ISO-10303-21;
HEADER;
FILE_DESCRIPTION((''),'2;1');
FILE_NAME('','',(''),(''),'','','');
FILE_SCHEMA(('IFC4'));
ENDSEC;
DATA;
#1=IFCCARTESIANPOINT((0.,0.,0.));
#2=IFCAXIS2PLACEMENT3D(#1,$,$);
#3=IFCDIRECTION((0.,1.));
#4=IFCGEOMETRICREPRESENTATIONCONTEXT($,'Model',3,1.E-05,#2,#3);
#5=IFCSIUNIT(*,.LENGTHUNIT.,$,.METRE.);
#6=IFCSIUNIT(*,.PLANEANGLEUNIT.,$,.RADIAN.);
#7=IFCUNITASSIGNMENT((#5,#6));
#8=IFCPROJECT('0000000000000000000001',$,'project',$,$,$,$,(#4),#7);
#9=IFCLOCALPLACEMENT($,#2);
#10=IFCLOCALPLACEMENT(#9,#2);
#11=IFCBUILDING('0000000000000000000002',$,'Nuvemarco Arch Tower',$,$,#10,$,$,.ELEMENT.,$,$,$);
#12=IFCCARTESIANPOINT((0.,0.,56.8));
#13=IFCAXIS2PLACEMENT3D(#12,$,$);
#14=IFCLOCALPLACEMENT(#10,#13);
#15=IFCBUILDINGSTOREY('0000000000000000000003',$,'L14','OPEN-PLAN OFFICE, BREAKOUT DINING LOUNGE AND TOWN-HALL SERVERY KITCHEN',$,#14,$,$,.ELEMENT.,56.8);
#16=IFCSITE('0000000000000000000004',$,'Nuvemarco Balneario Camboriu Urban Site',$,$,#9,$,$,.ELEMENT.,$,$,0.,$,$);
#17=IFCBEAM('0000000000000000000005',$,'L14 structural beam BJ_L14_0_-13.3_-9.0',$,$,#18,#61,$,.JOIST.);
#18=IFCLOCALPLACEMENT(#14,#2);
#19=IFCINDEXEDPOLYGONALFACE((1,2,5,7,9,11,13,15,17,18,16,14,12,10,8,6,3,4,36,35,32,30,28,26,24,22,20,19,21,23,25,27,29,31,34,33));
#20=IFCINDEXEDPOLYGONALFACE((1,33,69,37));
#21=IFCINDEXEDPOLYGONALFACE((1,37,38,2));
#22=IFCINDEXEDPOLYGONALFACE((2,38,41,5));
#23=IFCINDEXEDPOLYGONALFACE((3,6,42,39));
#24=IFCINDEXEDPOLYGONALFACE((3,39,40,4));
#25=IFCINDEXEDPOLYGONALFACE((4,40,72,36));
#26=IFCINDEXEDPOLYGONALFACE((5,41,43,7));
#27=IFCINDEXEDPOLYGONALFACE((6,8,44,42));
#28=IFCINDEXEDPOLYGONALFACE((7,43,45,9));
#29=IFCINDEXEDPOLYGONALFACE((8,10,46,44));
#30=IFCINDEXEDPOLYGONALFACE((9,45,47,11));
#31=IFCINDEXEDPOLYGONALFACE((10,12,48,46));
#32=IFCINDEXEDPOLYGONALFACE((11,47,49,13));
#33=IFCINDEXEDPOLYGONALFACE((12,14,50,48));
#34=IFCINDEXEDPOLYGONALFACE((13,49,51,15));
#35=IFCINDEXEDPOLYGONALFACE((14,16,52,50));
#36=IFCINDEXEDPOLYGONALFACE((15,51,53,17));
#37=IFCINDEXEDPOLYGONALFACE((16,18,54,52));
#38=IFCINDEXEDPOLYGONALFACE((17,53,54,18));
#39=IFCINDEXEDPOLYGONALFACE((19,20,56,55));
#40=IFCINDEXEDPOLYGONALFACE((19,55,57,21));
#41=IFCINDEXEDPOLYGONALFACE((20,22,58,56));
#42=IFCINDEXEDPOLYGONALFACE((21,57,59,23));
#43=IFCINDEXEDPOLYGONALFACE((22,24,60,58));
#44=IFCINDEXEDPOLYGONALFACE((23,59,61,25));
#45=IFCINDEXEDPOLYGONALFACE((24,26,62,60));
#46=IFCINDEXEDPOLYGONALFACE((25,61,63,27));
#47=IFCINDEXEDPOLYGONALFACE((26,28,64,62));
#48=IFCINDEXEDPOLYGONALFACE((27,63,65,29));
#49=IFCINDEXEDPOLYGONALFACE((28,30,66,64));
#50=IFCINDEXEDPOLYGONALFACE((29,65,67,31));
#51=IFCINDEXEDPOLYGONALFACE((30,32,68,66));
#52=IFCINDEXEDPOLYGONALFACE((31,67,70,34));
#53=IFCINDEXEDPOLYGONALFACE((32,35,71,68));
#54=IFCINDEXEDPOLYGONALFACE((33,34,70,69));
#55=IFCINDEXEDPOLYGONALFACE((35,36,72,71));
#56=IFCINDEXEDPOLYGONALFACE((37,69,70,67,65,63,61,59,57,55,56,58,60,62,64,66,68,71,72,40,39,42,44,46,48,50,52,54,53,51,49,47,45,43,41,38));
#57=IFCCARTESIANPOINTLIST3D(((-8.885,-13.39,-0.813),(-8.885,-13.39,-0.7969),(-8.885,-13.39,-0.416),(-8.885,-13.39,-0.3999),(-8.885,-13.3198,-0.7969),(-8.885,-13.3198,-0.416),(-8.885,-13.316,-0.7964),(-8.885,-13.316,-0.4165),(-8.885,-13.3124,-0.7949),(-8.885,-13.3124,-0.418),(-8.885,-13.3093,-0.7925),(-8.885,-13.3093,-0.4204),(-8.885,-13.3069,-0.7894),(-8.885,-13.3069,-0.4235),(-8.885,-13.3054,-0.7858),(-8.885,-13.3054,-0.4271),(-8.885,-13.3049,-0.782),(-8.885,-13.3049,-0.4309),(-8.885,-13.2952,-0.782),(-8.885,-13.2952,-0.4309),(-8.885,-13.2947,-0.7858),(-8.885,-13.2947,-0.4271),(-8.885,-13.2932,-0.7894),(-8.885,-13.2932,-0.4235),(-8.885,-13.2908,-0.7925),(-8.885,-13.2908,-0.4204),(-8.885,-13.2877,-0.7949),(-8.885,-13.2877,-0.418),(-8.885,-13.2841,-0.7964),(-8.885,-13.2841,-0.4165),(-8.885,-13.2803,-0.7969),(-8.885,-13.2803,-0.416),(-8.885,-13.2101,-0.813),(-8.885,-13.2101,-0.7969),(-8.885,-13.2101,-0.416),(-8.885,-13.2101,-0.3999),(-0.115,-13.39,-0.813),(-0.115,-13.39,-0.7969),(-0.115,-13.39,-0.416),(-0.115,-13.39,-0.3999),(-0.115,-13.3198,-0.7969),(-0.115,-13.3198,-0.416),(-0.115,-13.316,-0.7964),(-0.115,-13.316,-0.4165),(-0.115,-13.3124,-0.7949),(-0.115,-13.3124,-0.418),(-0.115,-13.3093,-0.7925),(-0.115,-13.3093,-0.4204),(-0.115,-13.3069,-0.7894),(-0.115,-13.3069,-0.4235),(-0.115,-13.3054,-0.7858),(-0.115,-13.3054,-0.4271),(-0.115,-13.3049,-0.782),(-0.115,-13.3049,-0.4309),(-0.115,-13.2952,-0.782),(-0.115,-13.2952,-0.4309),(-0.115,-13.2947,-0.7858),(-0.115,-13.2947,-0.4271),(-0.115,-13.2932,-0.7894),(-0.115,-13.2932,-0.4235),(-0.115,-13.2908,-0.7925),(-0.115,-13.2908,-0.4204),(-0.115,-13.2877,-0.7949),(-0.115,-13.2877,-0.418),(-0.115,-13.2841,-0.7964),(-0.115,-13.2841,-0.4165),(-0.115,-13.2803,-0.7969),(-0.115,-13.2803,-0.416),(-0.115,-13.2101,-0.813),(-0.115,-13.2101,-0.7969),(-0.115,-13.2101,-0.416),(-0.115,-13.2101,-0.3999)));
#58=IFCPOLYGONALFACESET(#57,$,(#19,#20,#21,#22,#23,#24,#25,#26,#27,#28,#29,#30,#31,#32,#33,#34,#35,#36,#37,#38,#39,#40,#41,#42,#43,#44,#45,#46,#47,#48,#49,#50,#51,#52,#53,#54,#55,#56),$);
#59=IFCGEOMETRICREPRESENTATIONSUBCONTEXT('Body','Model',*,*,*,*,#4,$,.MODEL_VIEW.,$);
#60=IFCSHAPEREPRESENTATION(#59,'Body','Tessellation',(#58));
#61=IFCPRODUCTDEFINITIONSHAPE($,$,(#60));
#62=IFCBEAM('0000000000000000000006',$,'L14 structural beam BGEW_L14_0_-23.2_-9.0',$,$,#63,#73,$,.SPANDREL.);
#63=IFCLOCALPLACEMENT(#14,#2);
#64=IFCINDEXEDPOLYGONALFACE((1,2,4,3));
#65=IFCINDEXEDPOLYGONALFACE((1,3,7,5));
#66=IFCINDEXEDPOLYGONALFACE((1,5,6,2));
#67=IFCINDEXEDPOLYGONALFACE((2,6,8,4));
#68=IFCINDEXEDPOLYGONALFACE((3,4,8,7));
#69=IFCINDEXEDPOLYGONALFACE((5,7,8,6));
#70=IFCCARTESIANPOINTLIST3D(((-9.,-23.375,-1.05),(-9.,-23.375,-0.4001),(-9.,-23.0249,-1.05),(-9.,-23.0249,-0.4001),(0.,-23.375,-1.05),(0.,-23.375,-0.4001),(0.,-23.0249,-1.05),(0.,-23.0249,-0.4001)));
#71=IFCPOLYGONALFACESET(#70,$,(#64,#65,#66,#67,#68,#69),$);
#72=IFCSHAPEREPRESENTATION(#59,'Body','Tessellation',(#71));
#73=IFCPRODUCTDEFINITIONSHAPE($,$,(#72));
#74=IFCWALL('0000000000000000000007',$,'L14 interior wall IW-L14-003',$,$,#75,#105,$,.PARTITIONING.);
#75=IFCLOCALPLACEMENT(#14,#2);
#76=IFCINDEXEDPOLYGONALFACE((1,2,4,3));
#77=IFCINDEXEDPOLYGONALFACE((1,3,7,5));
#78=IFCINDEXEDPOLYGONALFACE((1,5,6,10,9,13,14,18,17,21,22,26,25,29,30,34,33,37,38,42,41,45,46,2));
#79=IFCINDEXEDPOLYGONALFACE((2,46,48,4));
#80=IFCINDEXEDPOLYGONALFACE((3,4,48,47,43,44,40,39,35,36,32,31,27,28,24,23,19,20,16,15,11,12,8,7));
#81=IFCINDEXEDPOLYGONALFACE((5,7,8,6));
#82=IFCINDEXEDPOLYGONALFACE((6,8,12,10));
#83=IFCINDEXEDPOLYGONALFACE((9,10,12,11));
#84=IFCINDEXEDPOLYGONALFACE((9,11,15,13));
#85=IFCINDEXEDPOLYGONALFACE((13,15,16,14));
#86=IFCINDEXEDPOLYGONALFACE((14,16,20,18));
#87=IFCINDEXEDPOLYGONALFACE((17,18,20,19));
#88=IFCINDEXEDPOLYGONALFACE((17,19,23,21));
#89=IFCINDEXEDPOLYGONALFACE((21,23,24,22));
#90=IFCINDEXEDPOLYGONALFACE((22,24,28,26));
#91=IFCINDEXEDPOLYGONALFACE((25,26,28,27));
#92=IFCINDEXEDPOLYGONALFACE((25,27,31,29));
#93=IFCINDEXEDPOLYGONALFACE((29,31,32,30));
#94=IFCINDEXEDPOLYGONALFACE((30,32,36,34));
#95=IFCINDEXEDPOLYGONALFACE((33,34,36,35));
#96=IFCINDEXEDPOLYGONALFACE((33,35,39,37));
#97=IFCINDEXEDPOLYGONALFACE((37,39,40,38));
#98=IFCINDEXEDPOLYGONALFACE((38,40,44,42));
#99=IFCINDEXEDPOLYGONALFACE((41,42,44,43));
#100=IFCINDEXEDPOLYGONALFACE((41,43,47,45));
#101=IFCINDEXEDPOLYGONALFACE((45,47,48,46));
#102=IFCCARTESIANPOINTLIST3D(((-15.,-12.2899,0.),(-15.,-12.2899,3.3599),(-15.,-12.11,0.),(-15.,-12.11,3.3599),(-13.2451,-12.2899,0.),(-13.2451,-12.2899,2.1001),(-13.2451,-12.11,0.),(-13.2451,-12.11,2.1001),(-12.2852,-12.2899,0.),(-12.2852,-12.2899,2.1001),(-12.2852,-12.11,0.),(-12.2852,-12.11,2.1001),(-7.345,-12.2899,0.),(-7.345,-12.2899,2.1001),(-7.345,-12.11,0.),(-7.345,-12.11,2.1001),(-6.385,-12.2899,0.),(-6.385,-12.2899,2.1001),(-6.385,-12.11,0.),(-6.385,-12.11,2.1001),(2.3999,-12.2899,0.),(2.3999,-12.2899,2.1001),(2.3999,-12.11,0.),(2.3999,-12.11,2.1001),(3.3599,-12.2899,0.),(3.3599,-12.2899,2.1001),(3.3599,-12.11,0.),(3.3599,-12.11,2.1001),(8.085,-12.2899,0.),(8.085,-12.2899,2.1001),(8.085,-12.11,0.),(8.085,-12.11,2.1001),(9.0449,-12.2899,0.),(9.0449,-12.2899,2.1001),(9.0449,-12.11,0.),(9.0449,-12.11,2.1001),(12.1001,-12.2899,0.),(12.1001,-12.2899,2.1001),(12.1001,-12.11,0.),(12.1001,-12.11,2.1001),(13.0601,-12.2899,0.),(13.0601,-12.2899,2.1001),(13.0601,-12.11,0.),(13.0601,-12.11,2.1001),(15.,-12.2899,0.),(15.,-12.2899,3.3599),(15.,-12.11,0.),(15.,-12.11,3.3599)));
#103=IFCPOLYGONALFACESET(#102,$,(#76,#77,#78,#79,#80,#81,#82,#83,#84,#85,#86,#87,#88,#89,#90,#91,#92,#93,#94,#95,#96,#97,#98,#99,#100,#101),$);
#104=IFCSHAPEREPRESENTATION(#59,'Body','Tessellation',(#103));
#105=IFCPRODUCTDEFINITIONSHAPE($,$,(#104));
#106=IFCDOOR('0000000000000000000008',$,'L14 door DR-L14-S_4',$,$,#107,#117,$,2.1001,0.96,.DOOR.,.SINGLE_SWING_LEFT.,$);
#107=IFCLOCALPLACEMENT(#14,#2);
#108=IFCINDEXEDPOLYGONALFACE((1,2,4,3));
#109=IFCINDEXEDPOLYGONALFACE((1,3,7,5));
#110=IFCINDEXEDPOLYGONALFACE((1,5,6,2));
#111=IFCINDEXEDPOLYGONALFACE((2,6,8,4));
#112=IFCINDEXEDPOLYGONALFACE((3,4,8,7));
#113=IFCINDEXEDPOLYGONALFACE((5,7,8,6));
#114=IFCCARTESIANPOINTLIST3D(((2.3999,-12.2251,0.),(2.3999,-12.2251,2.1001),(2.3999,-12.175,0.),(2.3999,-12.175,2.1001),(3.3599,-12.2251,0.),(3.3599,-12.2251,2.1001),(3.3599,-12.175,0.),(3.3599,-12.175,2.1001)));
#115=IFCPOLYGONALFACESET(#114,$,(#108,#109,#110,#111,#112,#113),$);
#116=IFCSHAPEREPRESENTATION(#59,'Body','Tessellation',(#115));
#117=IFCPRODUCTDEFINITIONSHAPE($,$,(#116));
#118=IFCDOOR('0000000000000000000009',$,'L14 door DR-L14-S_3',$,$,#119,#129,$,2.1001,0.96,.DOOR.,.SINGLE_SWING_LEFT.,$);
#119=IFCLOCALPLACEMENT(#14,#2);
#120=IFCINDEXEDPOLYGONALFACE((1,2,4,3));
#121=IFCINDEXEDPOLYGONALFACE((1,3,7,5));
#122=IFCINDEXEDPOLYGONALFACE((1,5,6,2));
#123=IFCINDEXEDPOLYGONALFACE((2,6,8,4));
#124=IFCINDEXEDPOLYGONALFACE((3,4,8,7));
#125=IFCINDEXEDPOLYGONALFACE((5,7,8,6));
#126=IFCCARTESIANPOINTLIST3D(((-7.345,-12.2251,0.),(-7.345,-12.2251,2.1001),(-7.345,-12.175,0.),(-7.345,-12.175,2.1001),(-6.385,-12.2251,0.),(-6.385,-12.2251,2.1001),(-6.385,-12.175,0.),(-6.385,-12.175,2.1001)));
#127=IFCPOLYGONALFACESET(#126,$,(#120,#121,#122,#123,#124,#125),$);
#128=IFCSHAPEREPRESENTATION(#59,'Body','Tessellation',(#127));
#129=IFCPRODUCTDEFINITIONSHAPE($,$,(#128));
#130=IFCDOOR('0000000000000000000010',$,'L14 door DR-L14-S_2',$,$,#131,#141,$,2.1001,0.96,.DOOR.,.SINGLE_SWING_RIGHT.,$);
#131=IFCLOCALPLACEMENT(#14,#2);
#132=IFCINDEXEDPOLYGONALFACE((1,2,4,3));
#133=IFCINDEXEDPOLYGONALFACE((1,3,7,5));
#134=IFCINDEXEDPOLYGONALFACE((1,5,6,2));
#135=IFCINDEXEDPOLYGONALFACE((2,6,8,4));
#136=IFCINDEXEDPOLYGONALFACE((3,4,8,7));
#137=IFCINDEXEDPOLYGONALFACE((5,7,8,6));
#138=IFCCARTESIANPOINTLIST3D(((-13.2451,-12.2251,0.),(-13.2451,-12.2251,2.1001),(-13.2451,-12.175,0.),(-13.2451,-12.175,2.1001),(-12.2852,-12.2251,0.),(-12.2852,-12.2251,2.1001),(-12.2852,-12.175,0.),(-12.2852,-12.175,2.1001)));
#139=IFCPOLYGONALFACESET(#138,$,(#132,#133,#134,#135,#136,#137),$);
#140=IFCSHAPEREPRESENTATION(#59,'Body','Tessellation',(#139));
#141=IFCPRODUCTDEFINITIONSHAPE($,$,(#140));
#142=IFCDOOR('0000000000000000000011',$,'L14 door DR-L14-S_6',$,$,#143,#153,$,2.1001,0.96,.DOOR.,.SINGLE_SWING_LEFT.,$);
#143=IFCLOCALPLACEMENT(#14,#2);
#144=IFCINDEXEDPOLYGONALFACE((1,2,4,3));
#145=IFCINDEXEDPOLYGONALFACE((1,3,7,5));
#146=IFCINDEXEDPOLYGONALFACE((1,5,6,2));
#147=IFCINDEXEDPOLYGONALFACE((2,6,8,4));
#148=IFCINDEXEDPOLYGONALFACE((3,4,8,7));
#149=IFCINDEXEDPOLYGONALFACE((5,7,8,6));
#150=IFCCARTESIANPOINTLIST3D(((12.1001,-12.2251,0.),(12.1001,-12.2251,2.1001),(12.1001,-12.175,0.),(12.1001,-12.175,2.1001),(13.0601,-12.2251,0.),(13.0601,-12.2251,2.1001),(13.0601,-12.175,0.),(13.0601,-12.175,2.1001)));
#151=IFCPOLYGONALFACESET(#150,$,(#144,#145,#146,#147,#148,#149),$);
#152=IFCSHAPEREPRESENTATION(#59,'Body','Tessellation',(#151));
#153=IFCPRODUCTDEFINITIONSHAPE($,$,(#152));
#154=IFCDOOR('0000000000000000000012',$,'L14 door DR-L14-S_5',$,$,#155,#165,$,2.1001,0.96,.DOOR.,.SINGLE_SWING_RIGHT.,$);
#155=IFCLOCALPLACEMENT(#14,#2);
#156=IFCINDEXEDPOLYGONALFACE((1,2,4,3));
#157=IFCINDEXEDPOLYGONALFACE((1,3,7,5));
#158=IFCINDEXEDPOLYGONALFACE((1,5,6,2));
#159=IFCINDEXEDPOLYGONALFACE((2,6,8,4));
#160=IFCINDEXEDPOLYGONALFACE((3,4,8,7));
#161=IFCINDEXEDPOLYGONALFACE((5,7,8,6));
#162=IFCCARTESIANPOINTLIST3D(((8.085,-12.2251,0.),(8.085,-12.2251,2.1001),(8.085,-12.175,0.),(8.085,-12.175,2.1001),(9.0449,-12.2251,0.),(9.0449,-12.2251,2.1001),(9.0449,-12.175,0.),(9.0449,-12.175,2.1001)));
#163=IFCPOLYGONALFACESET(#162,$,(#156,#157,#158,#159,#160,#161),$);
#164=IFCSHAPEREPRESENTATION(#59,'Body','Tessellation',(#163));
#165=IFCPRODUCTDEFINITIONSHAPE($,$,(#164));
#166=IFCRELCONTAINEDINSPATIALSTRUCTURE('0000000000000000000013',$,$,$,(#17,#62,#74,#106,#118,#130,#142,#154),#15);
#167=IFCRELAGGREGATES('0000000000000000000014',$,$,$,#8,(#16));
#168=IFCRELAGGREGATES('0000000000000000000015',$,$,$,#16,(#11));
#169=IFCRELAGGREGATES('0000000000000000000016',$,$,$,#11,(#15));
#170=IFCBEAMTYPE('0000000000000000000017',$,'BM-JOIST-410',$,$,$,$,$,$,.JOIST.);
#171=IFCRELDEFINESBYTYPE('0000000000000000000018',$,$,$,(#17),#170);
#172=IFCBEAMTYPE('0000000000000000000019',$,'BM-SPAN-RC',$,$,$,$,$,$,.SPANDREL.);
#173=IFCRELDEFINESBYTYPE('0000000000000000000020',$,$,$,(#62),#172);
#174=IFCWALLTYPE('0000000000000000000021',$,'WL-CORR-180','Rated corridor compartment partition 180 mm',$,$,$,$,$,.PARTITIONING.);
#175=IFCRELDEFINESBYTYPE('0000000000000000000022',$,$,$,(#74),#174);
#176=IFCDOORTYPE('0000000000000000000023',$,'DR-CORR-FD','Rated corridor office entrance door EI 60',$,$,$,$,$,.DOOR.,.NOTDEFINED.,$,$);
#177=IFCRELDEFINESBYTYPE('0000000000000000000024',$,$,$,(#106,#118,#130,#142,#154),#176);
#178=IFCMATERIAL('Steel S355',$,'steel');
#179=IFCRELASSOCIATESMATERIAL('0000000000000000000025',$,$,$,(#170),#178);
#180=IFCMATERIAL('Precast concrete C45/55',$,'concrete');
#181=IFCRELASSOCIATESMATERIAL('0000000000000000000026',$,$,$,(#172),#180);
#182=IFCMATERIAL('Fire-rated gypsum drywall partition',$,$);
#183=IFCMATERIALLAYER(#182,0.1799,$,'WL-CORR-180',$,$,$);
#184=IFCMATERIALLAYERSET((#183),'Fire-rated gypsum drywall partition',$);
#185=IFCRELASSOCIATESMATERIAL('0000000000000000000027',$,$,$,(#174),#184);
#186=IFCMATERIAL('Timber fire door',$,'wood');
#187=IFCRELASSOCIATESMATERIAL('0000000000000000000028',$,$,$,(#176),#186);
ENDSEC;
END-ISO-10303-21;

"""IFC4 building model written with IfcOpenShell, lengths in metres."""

from ifc_helpers import new_model, si_unit, direction, frame, frame_2d, origin, origin_2d, place, context, subcontext, project, spatial, rectangle, i_section, extrude, source, transform, mapped, material, layer, layer_set, material_profile, profile_set, type_object, type_shapes, element, fill, save


model = new_model("IFC4")

# Units and contexts
model_context = context("Model", 3, precision=1e-05, world=origin(), true_north=direction((0.0, 1.0)))
body_context = subcontext(model_context, "Body", "Model", "MODEL_VIEW")
ifc_project = project(units=[si_unit("LENGTHUNIT", "METRE"), si_unit("PLANEANGLEUNIT", "RADIAN")], contexts=[model_context])

# Site, building, storey
site_placement = place(None, origin())
site = spatial("IfcSite", under=ifc_project, at=site_placement, Name="Nuvemarco Balneario Camboriu Urban Site", CompositionType="ELEMENT", RefElevation=0.0)
building_placement = place(site_placement, origin())
building = spatial("IfcBuilding", under=site, at=building_placement, Name="Nuvemarco Arch Tower", CompositionType="ELEMENT")
storey_placement = place(building_placement, frame((0.0, 0.0, 56.8)))
storey = spatial("IfcBuildingStorey", under=building, at=storey_placement, Name="L14", Description="OPEN-PLAN OFFICE, BREAKOUT DINING LOUNGE AND TOWN-HALL SERVERY KITCHEN", CompositionType="ELEMENT", Elevation=56.8)

# Shared definitions
ifc_material_1 = material(Name="Steel S355", Category="steel")

# Beams
ifc_material_profile_1 = material_profile(ifc_material_1, i_section(OverallWidth=0.1799, OverallDepth=0.4131, WebThickness=0.0098, FlangeThickness=0.0161, FilletRadius=0.0149, at=origin_2d()), Name="W410x75")
ifc_profile_set_1 = profile_set([ifc_material_profile_1], Name="Steel S355")
beam_type_1 = type_object("IfcBeamType", Name="BM-JOIST-410", PredefinedType="JOIST", material=ifc_profile_set_1)
beam_1_placement = place(storey_placement, frame((-8.885, -13.3, -0.6064), z_axis=(1.0, 0.0, 0.0), x_axis=(0.0, 1.0, 0.0)))
element("IfcBeam", 1, at=beam_1_placement, inside=storey, type_object=beam_type_1, Name="L14 structural beam BJ_L14_0_-13.3_-9.0", PredefinedType="JOIST", context=body_context, shape_type="SweptSolid", body=[
    extrude(i_section(OverallWidth=0.1799, OverallDepth=0.4131, WebThickness=0.0098, FlangeThickness=0.0161, FilletRadius=0.0149, at=origin_2d()), origin(), (0.0, 0.0, 1.0), 8.77),
])
ifc_material_2 = material(Name="Precast concrete C45/55", Category="concrete")
ifc_material_profile_2 = material_profile(ifc_material_2, rectangle(XDim=0.3501, YDim=0.6499, at=origin_2d()), Name="PC-SP-350x650")
ifc_profile_set_2 = profile_set([ifc_material_profile_2], Name="Precast concrete C45/55")
beam_type_2 = type_object("IfcBeamType", Name="BM-SPAN-RC", PredefinedType="SPANDREL", material=ifc_profile_set_2)
beam_2_placement = place(storey_placement, frame((-9.0, -23.2, -0.7251), z_axis=(1.0, 0.0, 0.0), x_axis=(0.0, 1.0, 0.0)))
element("IfcBeam", 2, at=beam_2_placement, inside=storey, type_object=beam_type_2, Name="L14 structural beam BGEW_L14_0_-23.2_-9.0", PredefinedType="SPANDREL", context=body_context, shape_type="SweptSolid", body=[
    extrude(rectangle(XDim=0.3501, YDim=0.6499, at=origin_2d()), origin(), (0.0, 0.0, 1.0), 9.0),
])

# Wall, openings, doors
ifc_material_3 = material(Name="Fire-rated gypsum drywall partition")
ifc_layer_1 = layer(ifc_material_3, 0.1799, Name="WL-CORR-180")
ifc_layer_set_1 = layer_set([ifc_layer_1], Name="Fire-rated gypsum drywall partition")
wall_type_1 = type_object("IfcWallType", Name="WL-CORR-180", Description="Rated corridor compartment partition 180 mm", PredefinedType="PARTITIONING", material=ifc_layer_set_1)
wall_1_placement = place(storey_placement, frame((-15.0, -12.2, 0.0), z_axis=(0.0, 0.0, 1.0), x_axis=(1.0, 0.0, 0.0)))
wall_1 = element("IfcWall", 3, at=wall_1_placement, inside=storey, type_object=wall_type_1, Name="L14 interior wall IW-L14-003", PredefinedType="PARTITIONING", context=body_context, shape_type="SweptSolid", body=[
    extrude(rectangle(XDim=30.0, YDim=0.1799, at=frame_2d((15.0, 0.0))), origin(), (0.0, 0.0, 1.0), 3.3599),
])
opening_1_placement = place(wall_1_placement, frame((17.3999, 0.0, 0.0)))
opening_1 = element("IfcOpeningElement", 4, at=opening_1_placement, cuts=wall_1, PredefinedType="OPENING", context=body_context, shape_type="SweptSolid", body=[
    extrude(rectangle(XDim=0.96, YDim=2.1001, at=frame_2d((0.48, 1.05))), frame((0.0, 0.0999, 0.0), z_axis=(0.0, -1.0, 0.0), x_axis=(1.0, 0.0, 0.0)), (0.0, 0.0, 1.0), 0.2),
])
opening_2_placement = place(wall_1_placement, frame((7.655, 0.0, 0.0)))
opening_2 = element("IfcOpeningElement", 5, at=opening_2_placement, cuts=wall_1, PredefinedType="OPENING", context=body_context, shape_type="SweptSolid", body=[
    extrude(rectangle(XDim=0.96, YDim=2.1001, at=frame_2d((0.48, 1.05))), frame((0.0, 0.0999, 0.0), z_axis=(0.0, -1.0, 0.0), x_axis=(1.0, 0.0, 0.0)), (0.0, 0.0, 1.0), 0.2),
])
opening_3_placement = place(wall_1_placement, frame((1.7549, 0.0, 0.0)))
opening_3 = element("IfcOpeningElement", 6, at=opening_3_placement, cuts=wall_1, PredefinedType="OPENING", context=body_context, shape_type="SweptSolid", body=[
    extrude(rectangle(XDim=0.96, YDim=2.1001, at=frame_2d((0.48, 1.05))), frame((0.0, 0.0999, 0.0), z_axis=(0.0, -1.0, 0.0), x_axis=(1.0, 0.0, 0.0)), (0.0, 0.0, 1.0), 0.2),
])
opening_4_placement = place(wall_1_placement, frame((27.1001, 0.0, 0.0)))
opening_4 = element("IfcOpeningElement", 7, at=opening_4_placement, cuts=wall_1, PredefinedType="OPENING", context=body_context, shape_type="SweptSolid", body=[
    extrude(rectangle(XDim=0.96, YDim=2.1001, at=frame_2d((0.48, 1.05))), frame((0.0, 0.0999, 0.0), z_axis=(0.0, -1.0, 0.0), x_axis=(1.0, 0.0, 0.0)), (0.0, 0.0, 1.0), 0.2),
])
opening_5_placement = place(wall_1_placement, frame((23.085, 0.0, 0.0)))
opening_5 = element("IfcOpeningElement", 8, at=opening_5_placement, cuts=wall_1, PredefinedType="OPENING", context=body_context, shape_type="SweptSolid", body=[
    extrude(rectangle(XDim=0.96, YDim=2.1001, at=frame_2d((0.48, 1.05))), frame((0.0, 0.0999, 0.0), z_axis=(0.0, -1.0, 0.0), x_axis=(1.0, 0.0, 0.0)), (0.0, 0.0, 1.0), 0.2),
])
ifc_material_4 = material(Name="Timber fire door", Category="wood")
door_type = type_object("IfcDoorType", Name="DR-CORR-FD", Description="Rated corridor office entrance door EI 60", OperationType="NOTDEFINED", PredefinedType="DOOR", material=ifc_material_4)
shared_shape_1 = source(origin(), body_context, "Body", "SweptSolid", [
    extrude(rectangle(XDim=0.96, YDim=2.1001, at=frame_2d((0.48, 1.05))), frame((0.0, 0.0249, 0.0), z_axis=(0.0, -1.0, 0.0), x_axis=(1.0, 0.0, 0.0)), (0.0, 0.0, 1.0), 0.05),
])
type_shapes(door_type, [shared_shape_1])
door_1_placement = place(opening_1_placement, origin())
door_1 = element("IfcDoor", 9, at=door_1_placement, inside=storey, type_object=door_type, Name="L14 door DR-L14-S_4", OperationType="SINGLE_SWING_LEFT", OverallHeight=2.1001, OverallWidth=0.96, PredefinedType="DOOR", context=body_context, shape_type="MappedRepresentation", body=[
    mapped(shared_shape_1, transform((0.0, 0.0, 0.0), scale=1.0)),
])
fill(opening_1, door_1)
door_2_placement = place(opening_2_placement, origin())
door_2 = element("IfcDoor", 10, at=door_2_placement, inside=storey, type_object=door_type, Name="L14 door DR-L14-S_3", OperationType="SINGLE_SWING_LEFT", OverallHeight=2.1001, OverallWidth=0.96, PredefinedType="DOOR", context=body_context, shape_type="MappedRepresentation", body=[
    mapped(shared_shape_1, transform((0.0, 0.0, 0.0), scale=1.0)),
])
fill(opening_2, door_2)
door_3_placement = place(opening_3_placement, origin())
door_3 = element("IfcDoor", 11, at=door_3_placement, inside=storey, type_object=door_type, Name="L14 door DR-L14-S_2", OperationType="SINGLE_SWING_RIGHT", OverallHeight=2.1001, OverallWidth=0.96, PredefinedType="DOOR", context=body_context, shape_type="MappedRepresentation", body=[
    mapped(shared_shape_1, transform((0.0, 0.0, 0.0), scale=1.0)),
])
fill(opening_3, door_3)
door_4_placement = place(opening_4_placement, origin())
door_4 = element("IfcDoor", 12, at=door_4_placement, inside=storey, type_object=door_type, Name="L14 door DR-L14-S_6", OperationType="SINGLE_SWING_LEFT", OverallHeight=2.1001, OverallWidth=0.96, PredefinedType="DOOR", context=body_context, shape_type="MappedRepresentation", body=[
    mapped(shared_shape_1, transform((0.0, 0.0, 0.0), scale=1.0)),
])
fill(opening_4, door_4)
door_5_placement = place(opening_5_placement, origin())
door_5 = element("IfcDoor", 13, at=door_5_placement, inside=storey, type_object=door_type, Name="L14 door DR-L14-S_5", OperationType="SINGLE_SWING_RIGHT", OverallHeight=2.1001, OverallWidth=0.96, PredefinedType="DOOR", context=body_context, shape_type="MappedRepresentation", body=[
    mapped(shared_shape_1, transform((0.0, 0.0, 0.0), scale=1.0)),
])
fill(opening_5, door_5)

save(model, "model.ifc")
